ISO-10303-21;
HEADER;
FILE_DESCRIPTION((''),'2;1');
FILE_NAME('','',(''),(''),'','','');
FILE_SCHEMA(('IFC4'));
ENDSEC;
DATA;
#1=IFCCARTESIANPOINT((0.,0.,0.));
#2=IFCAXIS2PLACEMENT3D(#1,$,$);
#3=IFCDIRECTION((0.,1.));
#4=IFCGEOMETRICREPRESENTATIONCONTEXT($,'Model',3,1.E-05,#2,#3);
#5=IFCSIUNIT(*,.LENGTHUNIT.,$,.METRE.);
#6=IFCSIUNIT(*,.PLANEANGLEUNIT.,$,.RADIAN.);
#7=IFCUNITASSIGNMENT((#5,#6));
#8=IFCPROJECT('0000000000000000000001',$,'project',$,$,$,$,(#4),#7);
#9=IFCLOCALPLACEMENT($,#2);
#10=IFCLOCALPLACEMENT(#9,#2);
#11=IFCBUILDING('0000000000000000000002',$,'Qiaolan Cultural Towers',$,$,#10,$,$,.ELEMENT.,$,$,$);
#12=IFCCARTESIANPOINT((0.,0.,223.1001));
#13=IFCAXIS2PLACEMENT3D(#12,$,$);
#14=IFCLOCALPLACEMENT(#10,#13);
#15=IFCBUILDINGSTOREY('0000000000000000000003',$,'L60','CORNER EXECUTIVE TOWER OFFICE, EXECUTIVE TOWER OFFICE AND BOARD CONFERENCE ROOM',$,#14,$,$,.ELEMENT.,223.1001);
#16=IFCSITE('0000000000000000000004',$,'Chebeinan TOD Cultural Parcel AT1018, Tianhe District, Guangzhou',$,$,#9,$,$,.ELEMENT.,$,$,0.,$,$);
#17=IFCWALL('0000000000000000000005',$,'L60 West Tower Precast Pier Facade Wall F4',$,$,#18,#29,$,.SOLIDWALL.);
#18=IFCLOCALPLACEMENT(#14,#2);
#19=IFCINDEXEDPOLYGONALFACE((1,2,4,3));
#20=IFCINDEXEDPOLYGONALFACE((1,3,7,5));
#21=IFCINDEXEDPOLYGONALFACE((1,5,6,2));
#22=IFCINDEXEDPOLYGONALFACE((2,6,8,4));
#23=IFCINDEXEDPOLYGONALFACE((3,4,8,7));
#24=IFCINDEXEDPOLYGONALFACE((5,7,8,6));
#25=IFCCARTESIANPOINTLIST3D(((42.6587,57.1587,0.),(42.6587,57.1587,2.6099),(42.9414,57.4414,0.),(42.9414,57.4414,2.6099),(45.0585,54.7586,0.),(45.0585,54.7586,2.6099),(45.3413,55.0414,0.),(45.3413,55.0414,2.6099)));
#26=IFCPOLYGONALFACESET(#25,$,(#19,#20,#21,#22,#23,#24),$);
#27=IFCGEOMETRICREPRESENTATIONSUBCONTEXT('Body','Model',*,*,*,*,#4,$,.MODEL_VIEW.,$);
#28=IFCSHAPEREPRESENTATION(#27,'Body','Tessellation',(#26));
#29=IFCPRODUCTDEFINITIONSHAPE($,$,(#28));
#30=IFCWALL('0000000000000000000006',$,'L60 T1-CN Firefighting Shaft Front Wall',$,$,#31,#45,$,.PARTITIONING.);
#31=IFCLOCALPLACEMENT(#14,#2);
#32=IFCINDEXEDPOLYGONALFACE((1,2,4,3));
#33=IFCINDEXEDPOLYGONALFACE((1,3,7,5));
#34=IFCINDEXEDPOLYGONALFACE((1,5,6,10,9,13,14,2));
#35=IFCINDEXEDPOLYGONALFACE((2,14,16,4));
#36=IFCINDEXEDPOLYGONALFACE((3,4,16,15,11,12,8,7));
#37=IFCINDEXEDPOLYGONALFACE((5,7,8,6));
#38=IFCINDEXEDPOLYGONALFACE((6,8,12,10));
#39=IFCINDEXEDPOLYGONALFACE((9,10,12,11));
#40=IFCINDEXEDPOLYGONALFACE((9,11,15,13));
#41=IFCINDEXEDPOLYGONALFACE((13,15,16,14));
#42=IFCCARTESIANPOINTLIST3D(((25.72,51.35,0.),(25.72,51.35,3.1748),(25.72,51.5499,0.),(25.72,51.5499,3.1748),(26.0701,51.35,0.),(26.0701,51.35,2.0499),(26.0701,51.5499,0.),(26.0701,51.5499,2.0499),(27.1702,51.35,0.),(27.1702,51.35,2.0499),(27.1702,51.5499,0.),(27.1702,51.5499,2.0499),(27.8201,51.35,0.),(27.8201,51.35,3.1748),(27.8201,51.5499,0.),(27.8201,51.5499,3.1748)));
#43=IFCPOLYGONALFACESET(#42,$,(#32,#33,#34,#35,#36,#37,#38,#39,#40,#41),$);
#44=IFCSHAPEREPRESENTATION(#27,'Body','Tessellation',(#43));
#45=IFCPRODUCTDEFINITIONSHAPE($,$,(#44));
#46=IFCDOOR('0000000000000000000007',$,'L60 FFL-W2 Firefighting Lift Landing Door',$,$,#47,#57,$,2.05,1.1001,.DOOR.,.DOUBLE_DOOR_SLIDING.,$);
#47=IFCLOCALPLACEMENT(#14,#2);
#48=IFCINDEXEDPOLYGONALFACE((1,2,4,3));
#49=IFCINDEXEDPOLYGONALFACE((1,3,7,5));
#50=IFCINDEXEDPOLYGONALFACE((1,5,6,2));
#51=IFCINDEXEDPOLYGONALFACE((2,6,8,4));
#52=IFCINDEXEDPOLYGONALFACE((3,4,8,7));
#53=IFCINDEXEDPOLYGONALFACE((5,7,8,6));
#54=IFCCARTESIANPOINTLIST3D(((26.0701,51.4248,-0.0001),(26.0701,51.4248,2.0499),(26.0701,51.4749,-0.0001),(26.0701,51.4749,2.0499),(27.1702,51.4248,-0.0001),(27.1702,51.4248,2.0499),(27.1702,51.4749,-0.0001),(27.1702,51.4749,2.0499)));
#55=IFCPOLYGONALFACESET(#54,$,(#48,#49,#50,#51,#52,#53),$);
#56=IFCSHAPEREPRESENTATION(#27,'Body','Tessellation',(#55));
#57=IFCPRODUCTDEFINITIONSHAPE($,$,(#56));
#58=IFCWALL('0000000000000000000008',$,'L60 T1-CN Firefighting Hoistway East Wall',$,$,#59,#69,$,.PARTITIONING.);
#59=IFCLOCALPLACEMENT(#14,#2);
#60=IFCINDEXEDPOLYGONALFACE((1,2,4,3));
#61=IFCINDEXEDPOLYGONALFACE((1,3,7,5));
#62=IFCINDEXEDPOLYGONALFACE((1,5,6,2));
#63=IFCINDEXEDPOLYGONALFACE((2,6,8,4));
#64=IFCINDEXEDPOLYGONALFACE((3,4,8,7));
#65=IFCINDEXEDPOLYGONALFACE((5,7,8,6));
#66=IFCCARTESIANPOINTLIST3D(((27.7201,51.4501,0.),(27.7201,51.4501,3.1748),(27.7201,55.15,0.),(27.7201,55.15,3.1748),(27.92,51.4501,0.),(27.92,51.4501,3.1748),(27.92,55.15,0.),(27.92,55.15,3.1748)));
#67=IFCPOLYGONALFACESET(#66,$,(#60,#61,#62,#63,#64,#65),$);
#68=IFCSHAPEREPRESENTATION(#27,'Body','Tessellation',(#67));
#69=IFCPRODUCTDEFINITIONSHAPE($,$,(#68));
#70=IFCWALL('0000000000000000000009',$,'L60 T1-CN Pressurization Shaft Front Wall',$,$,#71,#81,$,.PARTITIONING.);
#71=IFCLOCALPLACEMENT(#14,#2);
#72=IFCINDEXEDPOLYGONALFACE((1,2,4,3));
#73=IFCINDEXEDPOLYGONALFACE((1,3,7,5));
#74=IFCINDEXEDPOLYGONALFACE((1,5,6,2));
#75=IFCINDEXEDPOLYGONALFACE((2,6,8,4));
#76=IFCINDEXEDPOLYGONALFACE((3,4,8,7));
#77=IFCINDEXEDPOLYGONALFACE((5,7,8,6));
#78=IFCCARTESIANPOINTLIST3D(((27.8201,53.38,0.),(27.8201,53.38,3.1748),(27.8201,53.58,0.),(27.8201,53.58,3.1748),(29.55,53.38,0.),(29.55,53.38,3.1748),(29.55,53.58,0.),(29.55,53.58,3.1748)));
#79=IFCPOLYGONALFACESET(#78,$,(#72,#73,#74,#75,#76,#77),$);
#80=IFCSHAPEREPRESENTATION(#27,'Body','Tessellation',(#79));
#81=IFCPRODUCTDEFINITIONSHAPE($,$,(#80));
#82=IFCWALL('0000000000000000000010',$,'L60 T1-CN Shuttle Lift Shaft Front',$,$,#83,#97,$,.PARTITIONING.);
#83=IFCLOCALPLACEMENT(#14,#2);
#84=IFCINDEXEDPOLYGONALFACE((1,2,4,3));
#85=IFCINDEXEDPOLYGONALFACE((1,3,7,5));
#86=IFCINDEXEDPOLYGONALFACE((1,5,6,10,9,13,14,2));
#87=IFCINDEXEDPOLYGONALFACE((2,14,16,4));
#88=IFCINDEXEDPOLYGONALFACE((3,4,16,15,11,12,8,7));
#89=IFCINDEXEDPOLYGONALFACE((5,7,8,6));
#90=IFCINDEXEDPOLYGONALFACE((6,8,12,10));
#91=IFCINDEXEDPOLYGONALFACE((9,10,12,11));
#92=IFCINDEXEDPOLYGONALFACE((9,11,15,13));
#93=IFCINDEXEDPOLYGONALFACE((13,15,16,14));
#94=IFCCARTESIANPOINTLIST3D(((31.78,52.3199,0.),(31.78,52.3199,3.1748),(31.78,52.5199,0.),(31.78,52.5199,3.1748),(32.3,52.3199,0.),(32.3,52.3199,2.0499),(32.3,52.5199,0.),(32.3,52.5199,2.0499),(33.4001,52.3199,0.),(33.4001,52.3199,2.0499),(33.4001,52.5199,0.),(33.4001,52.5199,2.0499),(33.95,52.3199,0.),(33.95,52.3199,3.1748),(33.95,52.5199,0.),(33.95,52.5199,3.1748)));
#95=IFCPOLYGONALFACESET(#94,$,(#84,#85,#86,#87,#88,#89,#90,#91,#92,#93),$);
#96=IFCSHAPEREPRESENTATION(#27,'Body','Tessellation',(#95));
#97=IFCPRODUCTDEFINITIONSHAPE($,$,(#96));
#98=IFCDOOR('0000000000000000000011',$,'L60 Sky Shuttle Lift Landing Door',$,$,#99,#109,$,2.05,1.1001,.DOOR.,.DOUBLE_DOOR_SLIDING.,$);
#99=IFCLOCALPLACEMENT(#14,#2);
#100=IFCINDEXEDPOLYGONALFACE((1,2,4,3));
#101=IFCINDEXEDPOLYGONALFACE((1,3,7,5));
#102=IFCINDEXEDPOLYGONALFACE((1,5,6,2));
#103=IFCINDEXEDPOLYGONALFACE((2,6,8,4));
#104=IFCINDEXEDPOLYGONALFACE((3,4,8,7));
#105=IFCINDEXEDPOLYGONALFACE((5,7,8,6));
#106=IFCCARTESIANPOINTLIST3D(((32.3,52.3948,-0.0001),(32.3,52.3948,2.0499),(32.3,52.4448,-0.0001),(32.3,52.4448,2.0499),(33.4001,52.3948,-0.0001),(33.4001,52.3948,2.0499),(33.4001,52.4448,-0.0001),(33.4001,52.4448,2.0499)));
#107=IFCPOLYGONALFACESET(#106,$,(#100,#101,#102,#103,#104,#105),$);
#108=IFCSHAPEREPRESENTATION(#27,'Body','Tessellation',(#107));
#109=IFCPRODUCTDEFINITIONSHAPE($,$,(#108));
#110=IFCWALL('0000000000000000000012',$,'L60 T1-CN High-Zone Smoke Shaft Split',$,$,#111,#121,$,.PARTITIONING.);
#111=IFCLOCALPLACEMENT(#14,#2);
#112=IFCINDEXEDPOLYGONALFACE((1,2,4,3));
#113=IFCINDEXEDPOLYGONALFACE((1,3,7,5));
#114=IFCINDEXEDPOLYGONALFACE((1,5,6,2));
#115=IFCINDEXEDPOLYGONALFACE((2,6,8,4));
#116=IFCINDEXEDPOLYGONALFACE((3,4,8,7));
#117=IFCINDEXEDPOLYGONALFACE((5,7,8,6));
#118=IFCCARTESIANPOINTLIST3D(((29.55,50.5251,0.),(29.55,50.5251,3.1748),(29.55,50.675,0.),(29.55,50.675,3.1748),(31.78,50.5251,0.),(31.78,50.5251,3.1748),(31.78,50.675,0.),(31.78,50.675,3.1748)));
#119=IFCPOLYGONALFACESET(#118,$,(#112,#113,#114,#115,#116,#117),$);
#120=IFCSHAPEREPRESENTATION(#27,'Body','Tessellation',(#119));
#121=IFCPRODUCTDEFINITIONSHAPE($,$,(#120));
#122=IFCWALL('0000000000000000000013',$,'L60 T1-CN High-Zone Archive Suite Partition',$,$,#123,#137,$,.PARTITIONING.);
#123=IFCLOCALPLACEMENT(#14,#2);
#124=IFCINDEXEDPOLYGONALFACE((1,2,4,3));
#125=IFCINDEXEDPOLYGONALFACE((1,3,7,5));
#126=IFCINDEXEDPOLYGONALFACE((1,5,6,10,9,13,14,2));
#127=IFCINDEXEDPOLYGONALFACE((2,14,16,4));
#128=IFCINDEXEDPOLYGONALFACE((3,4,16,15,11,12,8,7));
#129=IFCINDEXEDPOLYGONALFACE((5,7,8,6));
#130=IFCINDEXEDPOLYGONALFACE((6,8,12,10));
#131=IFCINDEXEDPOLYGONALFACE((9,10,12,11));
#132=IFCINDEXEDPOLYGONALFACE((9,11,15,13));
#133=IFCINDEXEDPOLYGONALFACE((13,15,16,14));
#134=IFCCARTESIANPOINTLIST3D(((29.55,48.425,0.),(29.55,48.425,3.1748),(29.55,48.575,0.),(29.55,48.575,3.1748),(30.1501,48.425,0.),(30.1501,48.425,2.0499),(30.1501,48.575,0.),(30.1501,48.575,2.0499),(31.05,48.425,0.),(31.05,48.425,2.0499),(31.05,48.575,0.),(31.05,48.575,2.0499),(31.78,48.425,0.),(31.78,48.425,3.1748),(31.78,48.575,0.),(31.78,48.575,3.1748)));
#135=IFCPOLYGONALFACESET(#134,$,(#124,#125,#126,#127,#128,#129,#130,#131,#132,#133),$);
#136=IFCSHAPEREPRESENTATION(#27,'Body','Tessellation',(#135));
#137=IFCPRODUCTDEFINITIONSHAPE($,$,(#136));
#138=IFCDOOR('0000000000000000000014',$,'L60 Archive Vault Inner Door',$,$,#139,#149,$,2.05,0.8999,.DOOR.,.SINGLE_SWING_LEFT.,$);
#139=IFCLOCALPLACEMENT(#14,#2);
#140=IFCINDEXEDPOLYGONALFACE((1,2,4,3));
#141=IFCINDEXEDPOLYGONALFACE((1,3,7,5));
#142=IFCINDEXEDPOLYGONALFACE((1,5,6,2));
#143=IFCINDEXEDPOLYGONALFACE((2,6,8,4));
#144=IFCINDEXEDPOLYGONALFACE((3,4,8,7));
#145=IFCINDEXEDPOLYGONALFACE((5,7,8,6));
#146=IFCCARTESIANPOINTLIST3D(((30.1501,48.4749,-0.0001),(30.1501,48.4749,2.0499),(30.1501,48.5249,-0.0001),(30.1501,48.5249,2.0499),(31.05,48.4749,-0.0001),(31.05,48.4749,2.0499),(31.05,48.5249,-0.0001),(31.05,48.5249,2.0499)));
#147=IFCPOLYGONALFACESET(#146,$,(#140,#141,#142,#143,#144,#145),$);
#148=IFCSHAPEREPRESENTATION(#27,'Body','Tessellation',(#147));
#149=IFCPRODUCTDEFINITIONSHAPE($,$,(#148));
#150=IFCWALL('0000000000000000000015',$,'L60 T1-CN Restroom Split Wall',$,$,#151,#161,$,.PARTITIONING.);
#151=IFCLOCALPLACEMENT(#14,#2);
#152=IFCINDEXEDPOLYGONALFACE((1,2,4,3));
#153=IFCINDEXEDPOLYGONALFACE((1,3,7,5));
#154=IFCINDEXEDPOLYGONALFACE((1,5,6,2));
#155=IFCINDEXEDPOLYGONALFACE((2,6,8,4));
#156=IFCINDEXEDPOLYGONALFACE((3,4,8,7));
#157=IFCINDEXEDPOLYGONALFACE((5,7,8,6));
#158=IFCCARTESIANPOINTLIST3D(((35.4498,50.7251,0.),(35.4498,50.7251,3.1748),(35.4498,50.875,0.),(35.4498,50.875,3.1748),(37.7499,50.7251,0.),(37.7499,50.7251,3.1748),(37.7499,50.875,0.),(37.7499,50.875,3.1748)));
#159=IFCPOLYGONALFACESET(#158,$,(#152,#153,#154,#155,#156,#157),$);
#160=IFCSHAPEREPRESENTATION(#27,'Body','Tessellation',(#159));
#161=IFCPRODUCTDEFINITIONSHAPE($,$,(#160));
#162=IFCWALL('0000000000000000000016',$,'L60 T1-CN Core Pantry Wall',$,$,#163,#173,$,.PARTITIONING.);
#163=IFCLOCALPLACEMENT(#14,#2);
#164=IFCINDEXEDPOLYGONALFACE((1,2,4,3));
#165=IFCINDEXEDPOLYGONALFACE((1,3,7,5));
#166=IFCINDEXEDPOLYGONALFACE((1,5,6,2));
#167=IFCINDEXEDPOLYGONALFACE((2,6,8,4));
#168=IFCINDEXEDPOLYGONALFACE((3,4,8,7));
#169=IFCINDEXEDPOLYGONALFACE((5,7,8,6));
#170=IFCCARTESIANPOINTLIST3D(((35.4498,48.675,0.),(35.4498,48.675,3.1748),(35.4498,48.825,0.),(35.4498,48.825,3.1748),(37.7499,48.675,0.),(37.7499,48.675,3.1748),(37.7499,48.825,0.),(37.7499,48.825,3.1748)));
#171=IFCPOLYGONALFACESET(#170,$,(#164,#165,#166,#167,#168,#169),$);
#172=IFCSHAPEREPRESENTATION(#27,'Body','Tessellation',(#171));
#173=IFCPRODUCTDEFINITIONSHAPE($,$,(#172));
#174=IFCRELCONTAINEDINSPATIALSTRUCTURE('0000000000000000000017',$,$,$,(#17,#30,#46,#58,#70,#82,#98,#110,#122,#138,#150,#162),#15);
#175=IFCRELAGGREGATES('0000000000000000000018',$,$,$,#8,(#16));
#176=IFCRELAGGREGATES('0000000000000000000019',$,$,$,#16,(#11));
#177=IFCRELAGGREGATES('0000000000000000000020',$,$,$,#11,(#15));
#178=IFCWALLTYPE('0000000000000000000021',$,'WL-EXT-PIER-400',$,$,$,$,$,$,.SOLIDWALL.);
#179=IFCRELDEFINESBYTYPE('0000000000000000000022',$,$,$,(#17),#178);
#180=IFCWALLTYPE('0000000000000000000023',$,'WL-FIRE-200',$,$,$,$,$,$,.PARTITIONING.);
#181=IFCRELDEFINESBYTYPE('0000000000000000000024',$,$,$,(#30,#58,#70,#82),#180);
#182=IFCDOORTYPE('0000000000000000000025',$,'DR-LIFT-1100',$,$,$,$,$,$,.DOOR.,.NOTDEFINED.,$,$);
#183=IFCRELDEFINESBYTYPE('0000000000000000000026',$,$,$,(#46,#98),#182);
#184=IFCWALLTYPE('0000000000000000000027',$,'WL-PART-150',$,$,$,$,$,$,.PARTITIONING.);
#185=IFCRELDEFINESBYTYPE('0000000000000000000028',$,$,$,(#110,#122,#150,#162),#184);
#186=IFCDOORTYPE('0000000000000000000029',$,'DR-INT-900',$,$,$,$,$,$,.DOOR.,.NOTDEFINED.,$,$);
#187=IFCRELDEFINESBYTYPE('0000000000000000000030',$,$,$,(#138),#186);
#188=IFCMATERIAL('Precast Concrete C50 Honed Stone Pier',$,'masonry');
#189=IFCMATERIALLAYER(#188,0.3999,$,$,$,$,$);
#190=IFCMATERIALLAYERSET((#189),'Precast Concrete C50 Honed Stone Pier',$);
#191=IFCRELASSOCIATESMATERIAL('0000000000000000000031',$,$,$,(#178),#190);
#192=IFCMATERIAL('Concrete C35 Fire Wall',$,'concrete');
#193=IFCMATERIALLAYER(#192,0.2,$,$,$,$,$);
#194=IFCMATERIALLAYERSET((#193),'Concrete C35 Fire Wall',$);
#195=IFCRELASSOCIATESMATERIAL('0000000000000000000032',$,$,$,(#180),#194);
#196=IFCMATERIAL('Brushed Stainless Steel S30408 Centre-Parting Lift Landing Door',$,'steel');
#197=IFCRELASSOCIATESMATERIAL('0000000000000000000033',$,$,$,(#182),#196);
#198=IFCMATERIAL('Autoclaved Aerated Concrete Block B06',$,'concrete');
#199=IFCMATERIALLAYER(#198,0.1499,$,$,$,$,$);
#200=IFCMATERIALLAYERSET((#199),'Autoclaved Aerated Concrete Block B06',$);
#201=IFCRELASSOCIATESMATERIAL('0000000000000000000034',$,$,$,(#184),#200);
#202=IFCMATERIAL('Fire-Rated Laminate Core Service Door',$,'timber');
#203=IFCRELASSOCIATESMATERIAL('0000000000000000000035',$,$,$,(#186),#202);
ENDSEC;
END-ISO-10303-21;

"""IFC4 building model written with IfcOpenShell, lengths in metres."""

from ifc_helpers import new_model, si_unit, direction, frame, frame_2d, origin, place, context, subcontext, project, spatial, rectangle, extrude, material, layer, layer_set, type_object, element, fill, save


model = new_model("IFC4")

# Units and contexts
model_context = context("Model", 3, precision=1e-05, world=origin(), true_north=direction((0.0, 1.0)))
body_context = subcontext(model_context, "Body", "Model", "MODEL_VIEW")
ifc_project = project(units=[si_unit("LENGTHUNIT", "METRE"), si_unit("PLANEANGLEUNIT", "RADIAN")], contexts=[model_context])

# Site, building, storey
site_placement = place(None, origin())
site = spatial("IfcSite", under=ifc_project, at=site_placement, Name="Chebeinan TOD Cultural Parcel AT1018, Tianhe District, Guangzhou", CompositionType="ELEMENT", RefElevation=0.0)
building_placement = place(site_placement, origin())
building = spatial("IfcBuilding", under=site, at=building_placement, Name="Qiaolan Cultural Towers", CompositionType="ELEMENT")
storey_placement = place(building_placement, frame((0.0, 0.0, 223.1001)))
storey = spatial("IfcBuildingStorey", under=building, at=storey_placement, Name="L60", Description="CORNER EXECUTIVE TOWER OFFICE, EXECUTIVE TOWER OFFICE AND BOARD CONFERENCE ROOM", CompositionType="ELEMENT", Elevation=223.1001)

# Wall
ifc_material_1 = material(Name="Precast Concrete C50 Honed Stone Pier", Category="masonry")
ifc_layer_1 = layer(ifc_material_1, 0.3999)
ifc_layer_set_1 = layer_set([ifc_layer_1], Name="Precast Concrete C50 Honed Stone Pier")
wall_type_1 = type_object("IfcWallType", Name="WL-EXT-PIER-400", PredefinedType="SOLIDWALL", material=ifc_layer_set_1)
wall_1_placement = place(storey_placement, frame((42.8, 57.3, 0.0), z_axis=(0.0, 0.0, 1.0), x_axis=(0.707071, -0.707143, 0.0)))
element("IfcWall", 1, at=wall_1_placement, inside=storey, type_object=wall_type_1, Name="L60 West Tower Precast Pier Facade Wall F4", PredefinedType="SOLIDWALL", context=body_context, shape_type="SweptSolid", body=[
    extrude(rectangle(XDim=3.394, YDim=0.3999, at=frame_2d((1.697, 0.0))), origin(), (0.0, 0.0, 1.0), 2.6099),
])

# Wall, opening, door
ifc_material_2 = material(Name="Concrete C35 Fire Wall", Category="concrete")
ifc_layer_2 = layer(ifc_material_2, 0.2)
ifc_layer_set_2 = layer_set([ifc_layer_2], Name="Concrete C35 Fire Wall")
wall_type_2 = type_object("IfcWallType", Name="WL-FIRE-200", PredefinedType="PARTITIONING", material=ifc_layer_set_2)
wall_2_placement = place(storey_placement, frame((25.72, 51.45, 0.0), z_axis=(0.0, 0.0, 1.0), x_axis=(1.0, 0.0, 0.0)))
wall_2 = element("IfcWall", 2, at=wall_2_placement, inside=storey, type_object=wall_type_2, Name="L60 T1-CN Firefighting Shaft Front Wall", PredefinedType="PARTITIONING", context=body_context, shape_type="SweptSolid", body=[
    extrude(rectangle(XDim=2.1001, YDim=0.2, at=frame_2d((1.05, 0.0))), origin(), (0.0, 0.0, 1.0), 3.1748),
])
opening_1_placement = place(wall_2_placement, frame((0.3501, 0.0, 0.0)))
opening_1 = element("IfcOpeningElement", 3, at=opening_1_placement, cuts=wall_2, PredefinedType="OPENING", context=body_context, shape_type="SweptSolid", body=[
    extrude(rectangle(XDim=1.1001, YDim=2.05, at=frame_2d((0.55, 1.0249))), frame((0.0, 0.1099, 0.0), z_axis=(0.0, -1.0, 0.0), x_axis=(1.0, 0.0, 0.0)), (0.0, 0.0, 1.0), 0.22),
])
ifc_material_3 = material(Name="Brushed Stainless Steel S30408 Centre-Parting Lift Landing Door", Category="steel")
door_type_1 = type_object("IfcDoorType", Name="DR-LIFT-1100", OperationType="NOTDEFINED", PredefinedType="DOOR", material=ifc_material_3)
door_1_placement = place(opening_1_placement, origin())
door_1 = element("IfcDoor", 4, at=door_1_placement, inside=storey, type_object=door_type_1, Name="L60 FFL-W2 Firefighting Lift Landing Door", OperationType="DOUBLE_DOOR_SLIDING", OverallHeight=2.05, OverallWidth=1.1001, PredefinedType="DOOR", context=body_context, shape_type="SweptSolid", body=[
    extrude(rectangle(XDim=1.1001, YDim=2.05, at=frame_2d((0.55, 1.0249))), frame((0.0, 0.0249, 0.0), z_axis=(0.0, -1.0, 0.0), x_axis=(1.0, 0.0, 0.0)), (0.0, 0.0, 1.0), 0.05),
])
fill(opening_1, door_1)

# Walls
wall_3_placement = place(storey_placement, frame((27.8201, 51.45, 0.0), z_axis=(0.0, 0.0, 1.0), x_axis=(0.0, 1.0, 0.0)))
element("IfcWall", 5, at=wall_3_placement, inside=storey, type_object=wall_type_2, Name="L60 T1-CN Firefighting Hoistway East Wall", PredefinedType="PARTITIONING", context=body_context, shape_type="SweptSolid", body=[
    extrude(rectangle(XDim=3.7, YDim=0.2, at=frame_2d((1.8501, 0.0))), origin(), (0.0, 0.0, 1.0), 3.1748),
])
wall_4_placement = place(storey_placement, frame((27.8201, 53.48, 0.0), z_axis=(0.0, 0.0, 1.0), x_axis=(1.0, 0.0, 0.0)))
element("IfcWall", 6, at=wall_4_placement, inside=storey, type_object=wall_type_2, Name="L60 T1-CN Pressurization Shaft Front Wall", PredefinedType="PARTITIONING", context=body_context, shape_type="SweptSolid", body=[
    extrude(rectangle(XDim=1.73, YDim=0.2, at=frame_2d((0.865, 0.0))), origin(), (0.0, 0.0, 1.0), 3.1748),
])

# Wall, opening, door
wall_5_placement = place(storey_placement, frame((31.78, 52.4199, 0.0), z_axis=(0.0, 0.0, 1.0), x_axis=(1.0, 0.0, 0.0)))
wall_5 = element("IfcWall", 7, at=wall_5_placement, inside=storey, type_object=wall_type_2, Name="L60 T1-CN Shuttle Lift Shaft Front", PredefinedType="PARTITIONING", context=body_context, shape_type="SweptSolid", body=[
    extrude(rectangle(XDim=2.1699, YDim=0.2, at=frame_2d((1.085, 0.0))), origin(), (0.0, 0.0, 1.0), 3.1748),
])
opening_2_placement = place(wall_5_placement, frame((0.52, 0.0, 0.0)))
opening_2 = element("IfcOpeningElement", 8, at=opening_2_placement, cuts=wall_5, PredefinedType="OPENING", context=body_context, shape_type="SweptSolid", body=[
    extrude(rectangle(XDim=1.1001, YDim=2.05, at=frame_2d((0.55, 1.0249))), frame((0.0, 0.1099, 0.0), z_axis=(0.0, -1.0, 0.0), x_axis=(1.0, 0.0, 0.0)), (0.0, 0.0, 1.0), 0.22),
])
door_2_placement = place(opening_2_placement, origin())
door_2 = element("IfcDoor", 9, at=door_2_placement, inside=storey, type_object=door_type_1, Name="L60 Sky Shuttle Lift Landing Door", OperationType="DOUBLE_DOOR_SLIDING", OverallHeight=2.05, OverallWidth=1.1001, PredefinedType="DOOR", context=body_context, shape_type="SweptSolid", body=[
    extrude(rectangle(XDim=1.1001, YDim=2.05, at=frame_2d((0.55, 1.0249))), frame((0.0, 0.0249, 0.0), z_axis=(0.0, -1.0, 0.0), x_axis=(1.0, 0.0, 0.0)), (0.0, 0.0, 1.0), 0.05),
])
fill(opening_2, door_2)

# Wall
ifc_material_4 = material(Name="Autoclaved Aerated Concrete Block B06", Category="concrete")
ifc_layer_3 = layer(ifc_material_4, 0.1499)
ifc_layer_set_3 = layer_set([ifc_layer_3], Name="Autoclaved Aerated Concrete Block B06")
wall_type_3 = type_object("IfcWallType", Name="WL-PART-150", PredefinedType="PARTITIONING", material=ifc_layer_set_3)
wall_6_placement = place(storey_placement, frame((29.55, 50.6001, 0.0), z_axis=(0.0, 0.0, 1.0), x_axis=(1.0, 0.0, 0.0)))
element("IfcWall", 10, at=wall_6_placement, inside=storey, type_object=wall_type_3, Name="L60 T1-CN High-Zone Smoke Shaft Split", PredefinedType="PARTITIONING", context=body_context, shape_type="SweptSolid", body=[
    extrude(rectangle(XDim=2.23, YDim=0.1499, at=frame_2d((1.115, 0.0))), origin(), (0.0, 0.0, 1.0), 3.1748),
])

# Wall, opening, door
wall_7_placement = place(storey_placement, frame((29.55, 48.5, 0.0), z_axis=(0.0, 0.0, 1.0), x_axis=(1.0, 0.0, 0.0)))
wall_7 = element("IfcWall", 11, at=wall_7_placement, inside=storey, type_object=wall_type_3, Name="L60 T1-CN High-Zone Archive Suite Partition", PredefinedType="PARTITIONING", context=body_context, shape_type="SweptSolid", body=[
    extrude(rectangle(XDim=2.23, YDim=0.1499, at=frame_2d((1.115, 0.0))), origin(), (0.0, 0.0, 1.0), 3.1748),
])
opening_3_placement = place(wall_7_placement, frame((0.6001, 0.0, 0.0)))
opening_3 = element("IfcOpeningElement", 12, at=opening_3_placement, cuts=wall_7, PredefinedType="OPENING", context=body_context, shape_type="SweptSolid", body=[
    extrude(rectangle(XDim=0.8999, YDim=2.05, at=frame_2d((0.45, 1.0249))), frame((0.0, 0.085, 0.0), z_axis=(0.0, -1.0, 0.0), x_axis=(1.0, 0.0, 0.0)), (0.0, 0.0, 1.0), 0.1699),
])
ifc_material_5 = material(Name="Fire-Rated Laminate Core Service Door", Category="timber")
door_type_2 = type_object("IfcDoorType", Name="DR-INT-900", OperationType="NOTDEFINED", PredefinedType="DOOR", material=ifc_material_5)
door_3_placement = place(opening_3_placement, origin())
door_3 = element("IfcDoor", 13, at=door_3_placement, inside=storey, type_object=door_type_2, Name="L60 Archive Vault Inner Door", OperationType="SINGLE_SWING_LEFT", OverallHeight=2.05, OverallWidth=0.8999, PredefinedType="DOOR", context=body_context, shape_type="SweptSolid", body=[
    extrude(rectangle(XDim=0.8999, YDim=2.05, at=frame_2d((0.45, 1.0249))), frame((0.0, 0.0249, 0.0), z_axis=(0.0, -1.0, 0.0), x_axis=(1.0, 0.0, 0.0)), (0.0, 0.0, 1.0), 0.05),
])
fill(opening_3, door_3)

# Walls
for number, where, z_axis, x_axis, name in (
    (14, (35.45, 50.8, 0.0), (0.0, 0.0, 1.0), (1.0, 0.0, 0.0), "L60 T1-CN Restroom Split Wall"),
    (15, (35.45, 48.75, 0.0), (0.0, 0.0, 1.0), (1.0, 0.0, 0.0), "L60 T1-CN Core Pantry Wall"),
):
    element("IfcWall", number, at=place(storey_placement, frame(where, z_axis=z_axis, x_axis=x_axis)), inside=storey, type_object=wall_type_3, Name=name, PredefinedType="PARTITIONING", context=body_context, shape_type="SweptSolid", body=[
        extrude(rectangle(XDim=2.3, YDim=0.1499, at=frame_2d((1.1499, 0.0))), origin(), (0.0, 0.0, 1.0), 3.1748),
    ])

save(model, "model.ifc")
